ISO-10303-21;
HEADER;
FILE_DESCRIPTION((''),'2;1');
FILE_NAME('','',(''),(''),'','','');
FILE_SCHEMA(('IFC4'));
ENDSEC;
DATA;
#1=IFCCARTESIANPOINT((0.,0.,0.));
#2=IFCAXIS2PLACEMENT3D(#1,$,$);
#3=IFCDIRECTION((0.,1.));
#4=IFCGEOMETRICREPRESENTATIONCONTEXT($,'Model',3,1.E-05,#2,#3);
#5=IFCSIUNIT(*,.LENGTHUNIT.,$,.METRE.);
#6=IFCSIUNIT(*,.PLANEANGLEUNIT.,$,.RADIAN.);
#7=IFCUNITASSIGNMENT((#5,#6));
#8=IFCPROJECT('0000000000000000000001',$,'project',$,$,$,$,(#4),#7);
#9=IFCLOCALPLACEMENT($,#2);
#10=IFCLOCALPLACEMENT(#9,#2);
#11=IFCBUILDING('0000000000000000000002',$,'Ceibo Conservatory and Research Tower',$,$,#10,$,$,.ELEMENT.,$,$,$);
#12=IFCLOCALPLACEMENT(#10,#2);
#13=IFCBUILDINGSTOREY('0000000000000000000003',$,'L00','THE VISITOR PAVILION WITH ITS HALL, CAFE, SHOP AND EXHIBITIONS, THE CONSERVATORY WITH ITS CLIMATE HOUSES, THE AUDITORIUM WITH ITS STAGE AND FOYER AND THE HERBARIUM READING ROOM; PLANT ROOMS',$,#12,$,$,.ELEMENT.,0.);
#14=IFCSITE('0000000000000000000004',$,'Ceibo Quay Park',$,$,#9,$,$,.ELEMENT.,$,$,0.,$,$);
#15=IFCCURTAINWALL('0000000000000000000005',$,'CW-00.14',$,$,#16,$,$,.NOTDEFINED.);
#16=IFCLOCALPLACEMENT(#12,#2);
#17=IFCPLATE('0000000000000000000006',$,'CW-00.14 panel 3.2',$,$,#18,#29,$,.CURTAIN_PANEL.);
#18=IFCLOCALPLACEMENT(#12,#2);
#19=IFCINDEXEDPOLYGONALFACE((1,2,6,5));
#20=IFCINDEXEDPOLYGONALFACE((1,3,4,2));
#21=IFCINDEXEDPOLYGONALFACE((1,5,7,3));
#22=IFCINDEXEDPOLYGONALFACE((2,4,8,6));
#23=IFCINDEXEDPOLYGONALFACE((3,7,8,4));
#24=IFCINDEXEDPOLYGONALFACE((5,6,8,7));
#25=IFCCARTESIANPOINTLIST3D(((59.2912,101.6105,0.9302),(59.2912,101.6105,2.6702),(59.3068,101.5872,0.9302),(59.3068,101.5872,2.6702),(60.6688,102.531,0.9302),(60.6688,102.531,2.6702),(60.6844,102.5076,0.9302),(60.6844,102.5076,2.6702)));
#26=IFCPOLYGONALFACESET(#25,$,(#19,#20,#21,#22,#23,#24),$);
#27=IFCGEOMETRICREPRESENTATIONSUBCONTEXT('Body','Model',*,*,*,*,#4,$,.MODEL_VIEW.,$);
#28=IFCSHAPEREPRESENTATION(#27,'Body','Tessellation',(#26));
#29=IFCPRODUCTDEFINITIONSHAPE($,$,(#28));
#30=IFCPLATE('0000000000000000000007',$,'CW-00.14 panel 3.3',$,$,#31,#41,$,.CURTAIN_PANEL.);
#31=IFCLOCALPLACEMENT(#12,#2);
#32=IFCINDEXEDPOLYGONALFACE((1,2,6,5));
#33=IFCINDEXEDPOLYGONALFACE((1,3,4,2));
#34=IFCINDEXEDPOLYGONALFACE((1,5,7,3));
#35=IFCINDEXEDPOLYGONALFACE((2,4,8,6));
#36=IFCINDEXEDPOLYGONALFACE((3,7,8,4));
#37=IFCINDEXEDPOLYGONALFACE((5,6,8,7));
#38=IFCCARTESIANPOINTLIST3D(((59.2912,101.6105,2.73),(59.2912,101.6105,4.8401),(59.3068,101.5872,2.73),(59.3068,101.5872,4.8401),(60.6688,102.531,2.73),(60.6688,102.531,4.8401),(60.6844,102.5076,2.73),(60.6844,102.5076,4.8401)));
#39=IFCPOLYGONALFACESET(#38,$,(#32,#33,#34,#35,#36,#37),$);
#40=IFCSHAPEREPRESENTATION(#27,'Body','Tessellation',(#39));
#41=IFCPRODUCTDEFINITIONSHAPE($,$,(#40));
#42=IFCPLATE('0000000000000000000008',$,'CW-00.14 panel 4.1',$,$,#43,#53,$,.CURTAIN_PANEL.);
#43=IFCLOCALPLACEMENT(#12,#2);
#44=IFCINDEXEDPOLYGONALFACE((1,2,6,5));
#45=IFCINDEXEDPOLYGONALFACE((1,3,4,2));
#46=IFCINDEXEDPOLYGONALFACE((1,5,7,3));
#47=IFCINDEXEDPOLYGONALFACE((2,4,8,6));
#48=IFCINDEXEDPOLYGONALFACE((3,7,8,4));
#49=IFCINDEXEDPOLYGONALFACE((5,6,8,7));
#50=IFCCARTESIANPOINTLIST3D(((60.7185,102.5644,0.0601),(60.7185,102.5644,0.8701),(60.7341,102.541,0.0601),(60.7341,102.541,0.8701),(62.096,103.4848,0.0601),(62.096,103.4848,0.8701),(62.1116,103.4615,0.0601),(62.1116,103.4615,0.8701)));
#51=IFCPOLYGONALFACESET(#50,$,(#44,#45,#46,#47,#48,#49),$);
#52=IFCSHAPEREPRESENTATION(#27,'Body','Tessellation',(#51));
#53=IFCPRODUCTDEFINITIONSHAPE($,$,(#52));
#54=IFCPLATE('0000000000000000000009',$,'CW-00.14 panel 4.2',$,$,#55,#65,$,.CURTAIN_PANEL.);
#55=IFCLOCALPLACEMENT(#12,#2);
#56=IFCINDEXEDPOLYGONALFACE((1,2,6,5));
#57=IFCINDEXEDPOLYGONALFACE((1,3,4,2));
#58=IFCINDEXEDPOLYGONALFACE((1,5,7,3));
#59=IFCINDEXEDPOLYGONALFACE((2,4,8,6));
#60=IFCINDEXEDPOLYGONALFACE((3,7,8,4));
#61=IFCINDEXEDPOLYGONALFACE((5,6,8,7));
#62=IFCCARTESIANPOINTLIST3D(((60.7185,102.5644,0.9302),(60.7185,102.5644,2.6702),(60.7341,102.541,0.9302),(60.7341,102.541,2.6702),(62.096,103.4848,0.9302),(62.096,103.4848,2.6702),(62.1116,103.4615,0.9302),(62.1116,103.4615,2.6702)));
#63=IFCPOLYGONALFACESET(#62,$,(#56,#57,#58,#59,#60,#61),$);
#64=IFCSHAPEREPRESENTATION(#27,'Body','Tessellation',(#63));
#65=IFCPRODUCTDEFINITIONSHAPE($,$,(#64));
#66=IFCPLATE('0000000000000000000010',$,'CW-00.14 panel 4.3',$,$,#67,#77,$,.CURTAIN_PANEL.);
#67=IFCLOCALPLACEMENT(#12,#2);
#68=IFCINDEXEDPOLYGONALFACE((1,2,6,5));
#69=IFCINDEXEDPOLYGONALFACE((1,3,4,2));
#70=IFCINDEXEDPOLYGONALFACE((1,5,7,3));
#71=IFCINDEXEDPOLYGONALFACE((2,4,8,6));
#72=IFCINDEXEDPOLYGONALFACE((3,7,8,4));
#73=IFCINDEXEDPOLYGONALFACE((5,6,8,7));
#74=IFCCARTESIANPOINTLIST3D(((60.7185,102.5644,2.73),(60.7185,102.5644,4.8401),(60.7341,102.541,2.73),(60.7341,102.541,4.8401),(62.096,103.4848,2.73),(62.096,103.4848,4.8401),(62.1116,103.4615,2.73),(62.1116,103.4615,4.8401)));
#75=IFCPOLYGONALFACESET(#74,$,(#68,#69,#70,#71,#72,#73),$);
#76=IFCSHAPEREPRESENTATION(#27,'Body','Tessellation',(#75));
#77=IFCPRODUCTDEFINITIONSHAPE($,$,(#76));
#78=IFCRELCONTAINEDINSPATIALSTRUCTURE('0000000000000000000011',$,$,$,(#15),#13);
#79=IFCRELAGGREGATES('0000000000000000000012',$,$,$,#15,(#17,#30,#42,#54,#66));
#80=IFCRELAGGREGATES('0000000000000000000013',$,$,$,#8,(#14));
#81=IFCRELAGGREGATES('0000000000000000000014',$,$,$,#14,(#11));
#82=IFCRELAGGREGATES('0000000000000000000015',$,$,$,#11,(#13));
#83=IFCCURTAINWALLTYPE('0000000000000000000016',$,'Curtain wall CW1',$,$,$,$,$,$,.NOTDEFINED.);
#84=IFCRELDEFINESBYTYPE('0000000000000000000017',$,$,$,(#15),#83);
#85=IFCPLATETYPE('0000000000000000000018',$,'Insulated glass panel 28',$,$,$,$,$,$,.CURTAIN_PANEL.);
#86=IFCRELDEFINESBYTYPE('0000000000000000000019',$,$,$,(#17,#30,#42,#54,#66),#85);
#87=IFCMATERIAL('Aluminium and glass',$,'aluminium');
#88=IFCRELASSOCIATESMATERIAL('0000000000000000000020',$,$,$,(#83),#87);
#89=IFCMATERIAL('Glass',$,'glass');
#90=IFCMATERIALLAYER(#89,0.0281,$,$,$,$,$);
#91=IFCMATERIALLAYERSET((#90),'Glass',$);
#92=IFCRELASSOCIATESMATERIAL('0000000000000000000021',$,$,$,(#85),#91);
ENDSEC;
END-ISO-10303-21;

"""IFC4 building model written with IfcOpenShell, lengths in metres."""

from ifc_helpers import new_model, si_unit, direction, frame, origin, origin_2d, place, context, subcontext, project, spatial, rectangle, extrude, material, layer, layer_set, type_object, element, aggregate, save


model = new_model("IFC4")

# Units and contexts
model_context = context("Model", 3, precision=1e-05, world=origin(), true_north=direction((0.0, 1.0)))
body_context = subcontext(model_context, "Body", "Model", "MODEL_VIEW")
ifc_project = project(units=[si_unit("LENGTHUNIT", "METRE"), si_unit("PLANEANGLEUNIT", "RADIAN")], contexts=[model_context])

# Site, building, storey
site_placement = place(None, origin())
site = spatial("IfcSite", under=ifc_project, at=site_placement, Name="Ceibo Quay Park", CompositionType="ELEMENT", RefElevation=0.0)
building_placement = place(site_placement, origin())
building = spatial("IfcBuilding", under=site, at=building_placement, Name="Ceibo Conservatory and Research Tower", CompositionType="ELEMENT")
storey_placement = place(building_placement, origin())
storey = spatial("IfcBuildingStorey", under=building, at=storey_placement, Name="L00", Description="THE VISITOR PAVILION WITH ITS HALL, CAFE, SHOP AND EXHIBITIONS, THE CONSERVATORY WITH ITS CLIMATE HOUSES, THE AUDITORIUM WITH ITS STAGE AND FOYER AND THE HERBARIUM READING ROOM; PLANT ROOMS", CompositionType="ELEMENT", Elevation=0.0)

# Curtain wall
ifc_material_1 = material(Name="Aluminium and glass", Category="aluminium")
curtain_wall_type = type_object("IfcCurtainWallType", Name="Curtain wall CW1", PredefinedType="NOTDEFINED", material=ifc_material_1)
curtain_wall_placement = place(storey_placement, origin())
curtain_wall = element("IfcCurtainWall", 1, at=curtain_wall_placement, inside=storey, type_object=curtain_wall_type, Name="CW-00.14", PredefinedType="NOTDEFINED")

# Plates
ifc_material_2 = material(Name="Glass", Category="glass")
ifc_layer = layer(ifc_material_2, 0.0281)
ifc_layer_set = layer_set([ifc_layer], Name="Glass")
plate_type = type_object("IfcPlateType", Name="Insulated glass panel 28", PredefinedType="CURTAIN_PANEL", material=ifc_layer_set)
plate_1_placement = place(storey_placement, frame((59.9878, 102.0591, 0.9302), z_axis=(0.0, 0.0, 1.0), x_axis=(0.83147, 0.55557, 0.0)))
plate_1 = element("IfcPlate", 2, at=plate_1_placement, type_object=plate_type, Name="CW-00.14 panel 3.2", PredefinedType="CURTAIN_PANEL", context=body_context, shape_type="SweptSolid", body=[
    extrude(rectangle(XDim=1.6567, YDim=0.0281, at=origin_2d()), origin(), (0.0, 0.0, 1.0), 1.74),
])
plate_2_placement = place(storey_placement, frame((59.9878, 102.0591, 2.73), z_axis=(0.0, 0.0, 1.0), x_axis=(0.83147, 0.55557, 0.0)))
plate_2 = element("IfcPlate", 3, at=plate_2_placement, type_object=plate_type, Name="CW-00.14 panel 3.3", PredefinedType="CURTAIN_PANEL", context=body_context, shape_type="SweptSolid", body=[
    extrude(rectangle(XDim=1.6567, YDim=0.0281, at=origin_2d()), origin(), (0.0, 0.0, 1.0), 2.1101),
])
plate_3_placement = place(storey_placement, frame((61.415, 103.0129, 0.0601), z_axis=(0.0, 0.0, 1.0), x_axis=(0.83147, 0.55557, 0.0)))
plate_3 = element("IfcPlate", 4, at=plate_3_placement, type_object=plate_type, Name="CW-00.14 panel 4.1", PredefinedType="CURTAIN_PANEL", context=body_context, shape_type="SweptSolid", body=[
    extrude(rectangle(XDim=1.6567, YDim=0.0281, at=origin_2d()), origin(), (0.0, 0.0, 1.0), 0.8101),
])
plate_4_placement = place(storey_placement, frame((61.415, 103.0129, 0.9302), z_axis=(0.0, 0.0, 1.0), x_axis=(0.83147, 0.55557, 0.0)))
plate_4 = element("IfcPlate", 5, at=plate_4_placement, type_object=plate_type, Name="CW-00.14 panel 4.2", PredefinedType="CURTAIN_PANEL", context=body_context, shape_type="SweptSolid", body=[
    extrude(rectangle(XDim=1.6567, YDim=0.0281, at=origin_2d()), origin(), (0.0, 0.0, 1.0), 1.74),
])
plate_5_placement = place(storey_placement, frame((61.415, 103.0129, 2.73), z_axis=(0.0, 0.0, 1.0), x_axis=(0.83147, 0.55557, 0.0)))
plate_5 = element("IfcPlate", 6, at=plate_5_placement, type_object=plate_type, Name="CW-00.14 panel 4.3", PredefinedType="CURTAIN_PANEL", context=body_context, shape_type="SweptSolid", body=[
    extrude(rectangle(XDim=1.6567, YDim=0.0281, at=origin_2d()), origin(), (0.0, 0.0, 1.0), 2.1101),
])
aggregate(curtain_wall, [plate_1, plate_2, plate_3, plate_4, plate_5])

save(model, "model.ifc")
